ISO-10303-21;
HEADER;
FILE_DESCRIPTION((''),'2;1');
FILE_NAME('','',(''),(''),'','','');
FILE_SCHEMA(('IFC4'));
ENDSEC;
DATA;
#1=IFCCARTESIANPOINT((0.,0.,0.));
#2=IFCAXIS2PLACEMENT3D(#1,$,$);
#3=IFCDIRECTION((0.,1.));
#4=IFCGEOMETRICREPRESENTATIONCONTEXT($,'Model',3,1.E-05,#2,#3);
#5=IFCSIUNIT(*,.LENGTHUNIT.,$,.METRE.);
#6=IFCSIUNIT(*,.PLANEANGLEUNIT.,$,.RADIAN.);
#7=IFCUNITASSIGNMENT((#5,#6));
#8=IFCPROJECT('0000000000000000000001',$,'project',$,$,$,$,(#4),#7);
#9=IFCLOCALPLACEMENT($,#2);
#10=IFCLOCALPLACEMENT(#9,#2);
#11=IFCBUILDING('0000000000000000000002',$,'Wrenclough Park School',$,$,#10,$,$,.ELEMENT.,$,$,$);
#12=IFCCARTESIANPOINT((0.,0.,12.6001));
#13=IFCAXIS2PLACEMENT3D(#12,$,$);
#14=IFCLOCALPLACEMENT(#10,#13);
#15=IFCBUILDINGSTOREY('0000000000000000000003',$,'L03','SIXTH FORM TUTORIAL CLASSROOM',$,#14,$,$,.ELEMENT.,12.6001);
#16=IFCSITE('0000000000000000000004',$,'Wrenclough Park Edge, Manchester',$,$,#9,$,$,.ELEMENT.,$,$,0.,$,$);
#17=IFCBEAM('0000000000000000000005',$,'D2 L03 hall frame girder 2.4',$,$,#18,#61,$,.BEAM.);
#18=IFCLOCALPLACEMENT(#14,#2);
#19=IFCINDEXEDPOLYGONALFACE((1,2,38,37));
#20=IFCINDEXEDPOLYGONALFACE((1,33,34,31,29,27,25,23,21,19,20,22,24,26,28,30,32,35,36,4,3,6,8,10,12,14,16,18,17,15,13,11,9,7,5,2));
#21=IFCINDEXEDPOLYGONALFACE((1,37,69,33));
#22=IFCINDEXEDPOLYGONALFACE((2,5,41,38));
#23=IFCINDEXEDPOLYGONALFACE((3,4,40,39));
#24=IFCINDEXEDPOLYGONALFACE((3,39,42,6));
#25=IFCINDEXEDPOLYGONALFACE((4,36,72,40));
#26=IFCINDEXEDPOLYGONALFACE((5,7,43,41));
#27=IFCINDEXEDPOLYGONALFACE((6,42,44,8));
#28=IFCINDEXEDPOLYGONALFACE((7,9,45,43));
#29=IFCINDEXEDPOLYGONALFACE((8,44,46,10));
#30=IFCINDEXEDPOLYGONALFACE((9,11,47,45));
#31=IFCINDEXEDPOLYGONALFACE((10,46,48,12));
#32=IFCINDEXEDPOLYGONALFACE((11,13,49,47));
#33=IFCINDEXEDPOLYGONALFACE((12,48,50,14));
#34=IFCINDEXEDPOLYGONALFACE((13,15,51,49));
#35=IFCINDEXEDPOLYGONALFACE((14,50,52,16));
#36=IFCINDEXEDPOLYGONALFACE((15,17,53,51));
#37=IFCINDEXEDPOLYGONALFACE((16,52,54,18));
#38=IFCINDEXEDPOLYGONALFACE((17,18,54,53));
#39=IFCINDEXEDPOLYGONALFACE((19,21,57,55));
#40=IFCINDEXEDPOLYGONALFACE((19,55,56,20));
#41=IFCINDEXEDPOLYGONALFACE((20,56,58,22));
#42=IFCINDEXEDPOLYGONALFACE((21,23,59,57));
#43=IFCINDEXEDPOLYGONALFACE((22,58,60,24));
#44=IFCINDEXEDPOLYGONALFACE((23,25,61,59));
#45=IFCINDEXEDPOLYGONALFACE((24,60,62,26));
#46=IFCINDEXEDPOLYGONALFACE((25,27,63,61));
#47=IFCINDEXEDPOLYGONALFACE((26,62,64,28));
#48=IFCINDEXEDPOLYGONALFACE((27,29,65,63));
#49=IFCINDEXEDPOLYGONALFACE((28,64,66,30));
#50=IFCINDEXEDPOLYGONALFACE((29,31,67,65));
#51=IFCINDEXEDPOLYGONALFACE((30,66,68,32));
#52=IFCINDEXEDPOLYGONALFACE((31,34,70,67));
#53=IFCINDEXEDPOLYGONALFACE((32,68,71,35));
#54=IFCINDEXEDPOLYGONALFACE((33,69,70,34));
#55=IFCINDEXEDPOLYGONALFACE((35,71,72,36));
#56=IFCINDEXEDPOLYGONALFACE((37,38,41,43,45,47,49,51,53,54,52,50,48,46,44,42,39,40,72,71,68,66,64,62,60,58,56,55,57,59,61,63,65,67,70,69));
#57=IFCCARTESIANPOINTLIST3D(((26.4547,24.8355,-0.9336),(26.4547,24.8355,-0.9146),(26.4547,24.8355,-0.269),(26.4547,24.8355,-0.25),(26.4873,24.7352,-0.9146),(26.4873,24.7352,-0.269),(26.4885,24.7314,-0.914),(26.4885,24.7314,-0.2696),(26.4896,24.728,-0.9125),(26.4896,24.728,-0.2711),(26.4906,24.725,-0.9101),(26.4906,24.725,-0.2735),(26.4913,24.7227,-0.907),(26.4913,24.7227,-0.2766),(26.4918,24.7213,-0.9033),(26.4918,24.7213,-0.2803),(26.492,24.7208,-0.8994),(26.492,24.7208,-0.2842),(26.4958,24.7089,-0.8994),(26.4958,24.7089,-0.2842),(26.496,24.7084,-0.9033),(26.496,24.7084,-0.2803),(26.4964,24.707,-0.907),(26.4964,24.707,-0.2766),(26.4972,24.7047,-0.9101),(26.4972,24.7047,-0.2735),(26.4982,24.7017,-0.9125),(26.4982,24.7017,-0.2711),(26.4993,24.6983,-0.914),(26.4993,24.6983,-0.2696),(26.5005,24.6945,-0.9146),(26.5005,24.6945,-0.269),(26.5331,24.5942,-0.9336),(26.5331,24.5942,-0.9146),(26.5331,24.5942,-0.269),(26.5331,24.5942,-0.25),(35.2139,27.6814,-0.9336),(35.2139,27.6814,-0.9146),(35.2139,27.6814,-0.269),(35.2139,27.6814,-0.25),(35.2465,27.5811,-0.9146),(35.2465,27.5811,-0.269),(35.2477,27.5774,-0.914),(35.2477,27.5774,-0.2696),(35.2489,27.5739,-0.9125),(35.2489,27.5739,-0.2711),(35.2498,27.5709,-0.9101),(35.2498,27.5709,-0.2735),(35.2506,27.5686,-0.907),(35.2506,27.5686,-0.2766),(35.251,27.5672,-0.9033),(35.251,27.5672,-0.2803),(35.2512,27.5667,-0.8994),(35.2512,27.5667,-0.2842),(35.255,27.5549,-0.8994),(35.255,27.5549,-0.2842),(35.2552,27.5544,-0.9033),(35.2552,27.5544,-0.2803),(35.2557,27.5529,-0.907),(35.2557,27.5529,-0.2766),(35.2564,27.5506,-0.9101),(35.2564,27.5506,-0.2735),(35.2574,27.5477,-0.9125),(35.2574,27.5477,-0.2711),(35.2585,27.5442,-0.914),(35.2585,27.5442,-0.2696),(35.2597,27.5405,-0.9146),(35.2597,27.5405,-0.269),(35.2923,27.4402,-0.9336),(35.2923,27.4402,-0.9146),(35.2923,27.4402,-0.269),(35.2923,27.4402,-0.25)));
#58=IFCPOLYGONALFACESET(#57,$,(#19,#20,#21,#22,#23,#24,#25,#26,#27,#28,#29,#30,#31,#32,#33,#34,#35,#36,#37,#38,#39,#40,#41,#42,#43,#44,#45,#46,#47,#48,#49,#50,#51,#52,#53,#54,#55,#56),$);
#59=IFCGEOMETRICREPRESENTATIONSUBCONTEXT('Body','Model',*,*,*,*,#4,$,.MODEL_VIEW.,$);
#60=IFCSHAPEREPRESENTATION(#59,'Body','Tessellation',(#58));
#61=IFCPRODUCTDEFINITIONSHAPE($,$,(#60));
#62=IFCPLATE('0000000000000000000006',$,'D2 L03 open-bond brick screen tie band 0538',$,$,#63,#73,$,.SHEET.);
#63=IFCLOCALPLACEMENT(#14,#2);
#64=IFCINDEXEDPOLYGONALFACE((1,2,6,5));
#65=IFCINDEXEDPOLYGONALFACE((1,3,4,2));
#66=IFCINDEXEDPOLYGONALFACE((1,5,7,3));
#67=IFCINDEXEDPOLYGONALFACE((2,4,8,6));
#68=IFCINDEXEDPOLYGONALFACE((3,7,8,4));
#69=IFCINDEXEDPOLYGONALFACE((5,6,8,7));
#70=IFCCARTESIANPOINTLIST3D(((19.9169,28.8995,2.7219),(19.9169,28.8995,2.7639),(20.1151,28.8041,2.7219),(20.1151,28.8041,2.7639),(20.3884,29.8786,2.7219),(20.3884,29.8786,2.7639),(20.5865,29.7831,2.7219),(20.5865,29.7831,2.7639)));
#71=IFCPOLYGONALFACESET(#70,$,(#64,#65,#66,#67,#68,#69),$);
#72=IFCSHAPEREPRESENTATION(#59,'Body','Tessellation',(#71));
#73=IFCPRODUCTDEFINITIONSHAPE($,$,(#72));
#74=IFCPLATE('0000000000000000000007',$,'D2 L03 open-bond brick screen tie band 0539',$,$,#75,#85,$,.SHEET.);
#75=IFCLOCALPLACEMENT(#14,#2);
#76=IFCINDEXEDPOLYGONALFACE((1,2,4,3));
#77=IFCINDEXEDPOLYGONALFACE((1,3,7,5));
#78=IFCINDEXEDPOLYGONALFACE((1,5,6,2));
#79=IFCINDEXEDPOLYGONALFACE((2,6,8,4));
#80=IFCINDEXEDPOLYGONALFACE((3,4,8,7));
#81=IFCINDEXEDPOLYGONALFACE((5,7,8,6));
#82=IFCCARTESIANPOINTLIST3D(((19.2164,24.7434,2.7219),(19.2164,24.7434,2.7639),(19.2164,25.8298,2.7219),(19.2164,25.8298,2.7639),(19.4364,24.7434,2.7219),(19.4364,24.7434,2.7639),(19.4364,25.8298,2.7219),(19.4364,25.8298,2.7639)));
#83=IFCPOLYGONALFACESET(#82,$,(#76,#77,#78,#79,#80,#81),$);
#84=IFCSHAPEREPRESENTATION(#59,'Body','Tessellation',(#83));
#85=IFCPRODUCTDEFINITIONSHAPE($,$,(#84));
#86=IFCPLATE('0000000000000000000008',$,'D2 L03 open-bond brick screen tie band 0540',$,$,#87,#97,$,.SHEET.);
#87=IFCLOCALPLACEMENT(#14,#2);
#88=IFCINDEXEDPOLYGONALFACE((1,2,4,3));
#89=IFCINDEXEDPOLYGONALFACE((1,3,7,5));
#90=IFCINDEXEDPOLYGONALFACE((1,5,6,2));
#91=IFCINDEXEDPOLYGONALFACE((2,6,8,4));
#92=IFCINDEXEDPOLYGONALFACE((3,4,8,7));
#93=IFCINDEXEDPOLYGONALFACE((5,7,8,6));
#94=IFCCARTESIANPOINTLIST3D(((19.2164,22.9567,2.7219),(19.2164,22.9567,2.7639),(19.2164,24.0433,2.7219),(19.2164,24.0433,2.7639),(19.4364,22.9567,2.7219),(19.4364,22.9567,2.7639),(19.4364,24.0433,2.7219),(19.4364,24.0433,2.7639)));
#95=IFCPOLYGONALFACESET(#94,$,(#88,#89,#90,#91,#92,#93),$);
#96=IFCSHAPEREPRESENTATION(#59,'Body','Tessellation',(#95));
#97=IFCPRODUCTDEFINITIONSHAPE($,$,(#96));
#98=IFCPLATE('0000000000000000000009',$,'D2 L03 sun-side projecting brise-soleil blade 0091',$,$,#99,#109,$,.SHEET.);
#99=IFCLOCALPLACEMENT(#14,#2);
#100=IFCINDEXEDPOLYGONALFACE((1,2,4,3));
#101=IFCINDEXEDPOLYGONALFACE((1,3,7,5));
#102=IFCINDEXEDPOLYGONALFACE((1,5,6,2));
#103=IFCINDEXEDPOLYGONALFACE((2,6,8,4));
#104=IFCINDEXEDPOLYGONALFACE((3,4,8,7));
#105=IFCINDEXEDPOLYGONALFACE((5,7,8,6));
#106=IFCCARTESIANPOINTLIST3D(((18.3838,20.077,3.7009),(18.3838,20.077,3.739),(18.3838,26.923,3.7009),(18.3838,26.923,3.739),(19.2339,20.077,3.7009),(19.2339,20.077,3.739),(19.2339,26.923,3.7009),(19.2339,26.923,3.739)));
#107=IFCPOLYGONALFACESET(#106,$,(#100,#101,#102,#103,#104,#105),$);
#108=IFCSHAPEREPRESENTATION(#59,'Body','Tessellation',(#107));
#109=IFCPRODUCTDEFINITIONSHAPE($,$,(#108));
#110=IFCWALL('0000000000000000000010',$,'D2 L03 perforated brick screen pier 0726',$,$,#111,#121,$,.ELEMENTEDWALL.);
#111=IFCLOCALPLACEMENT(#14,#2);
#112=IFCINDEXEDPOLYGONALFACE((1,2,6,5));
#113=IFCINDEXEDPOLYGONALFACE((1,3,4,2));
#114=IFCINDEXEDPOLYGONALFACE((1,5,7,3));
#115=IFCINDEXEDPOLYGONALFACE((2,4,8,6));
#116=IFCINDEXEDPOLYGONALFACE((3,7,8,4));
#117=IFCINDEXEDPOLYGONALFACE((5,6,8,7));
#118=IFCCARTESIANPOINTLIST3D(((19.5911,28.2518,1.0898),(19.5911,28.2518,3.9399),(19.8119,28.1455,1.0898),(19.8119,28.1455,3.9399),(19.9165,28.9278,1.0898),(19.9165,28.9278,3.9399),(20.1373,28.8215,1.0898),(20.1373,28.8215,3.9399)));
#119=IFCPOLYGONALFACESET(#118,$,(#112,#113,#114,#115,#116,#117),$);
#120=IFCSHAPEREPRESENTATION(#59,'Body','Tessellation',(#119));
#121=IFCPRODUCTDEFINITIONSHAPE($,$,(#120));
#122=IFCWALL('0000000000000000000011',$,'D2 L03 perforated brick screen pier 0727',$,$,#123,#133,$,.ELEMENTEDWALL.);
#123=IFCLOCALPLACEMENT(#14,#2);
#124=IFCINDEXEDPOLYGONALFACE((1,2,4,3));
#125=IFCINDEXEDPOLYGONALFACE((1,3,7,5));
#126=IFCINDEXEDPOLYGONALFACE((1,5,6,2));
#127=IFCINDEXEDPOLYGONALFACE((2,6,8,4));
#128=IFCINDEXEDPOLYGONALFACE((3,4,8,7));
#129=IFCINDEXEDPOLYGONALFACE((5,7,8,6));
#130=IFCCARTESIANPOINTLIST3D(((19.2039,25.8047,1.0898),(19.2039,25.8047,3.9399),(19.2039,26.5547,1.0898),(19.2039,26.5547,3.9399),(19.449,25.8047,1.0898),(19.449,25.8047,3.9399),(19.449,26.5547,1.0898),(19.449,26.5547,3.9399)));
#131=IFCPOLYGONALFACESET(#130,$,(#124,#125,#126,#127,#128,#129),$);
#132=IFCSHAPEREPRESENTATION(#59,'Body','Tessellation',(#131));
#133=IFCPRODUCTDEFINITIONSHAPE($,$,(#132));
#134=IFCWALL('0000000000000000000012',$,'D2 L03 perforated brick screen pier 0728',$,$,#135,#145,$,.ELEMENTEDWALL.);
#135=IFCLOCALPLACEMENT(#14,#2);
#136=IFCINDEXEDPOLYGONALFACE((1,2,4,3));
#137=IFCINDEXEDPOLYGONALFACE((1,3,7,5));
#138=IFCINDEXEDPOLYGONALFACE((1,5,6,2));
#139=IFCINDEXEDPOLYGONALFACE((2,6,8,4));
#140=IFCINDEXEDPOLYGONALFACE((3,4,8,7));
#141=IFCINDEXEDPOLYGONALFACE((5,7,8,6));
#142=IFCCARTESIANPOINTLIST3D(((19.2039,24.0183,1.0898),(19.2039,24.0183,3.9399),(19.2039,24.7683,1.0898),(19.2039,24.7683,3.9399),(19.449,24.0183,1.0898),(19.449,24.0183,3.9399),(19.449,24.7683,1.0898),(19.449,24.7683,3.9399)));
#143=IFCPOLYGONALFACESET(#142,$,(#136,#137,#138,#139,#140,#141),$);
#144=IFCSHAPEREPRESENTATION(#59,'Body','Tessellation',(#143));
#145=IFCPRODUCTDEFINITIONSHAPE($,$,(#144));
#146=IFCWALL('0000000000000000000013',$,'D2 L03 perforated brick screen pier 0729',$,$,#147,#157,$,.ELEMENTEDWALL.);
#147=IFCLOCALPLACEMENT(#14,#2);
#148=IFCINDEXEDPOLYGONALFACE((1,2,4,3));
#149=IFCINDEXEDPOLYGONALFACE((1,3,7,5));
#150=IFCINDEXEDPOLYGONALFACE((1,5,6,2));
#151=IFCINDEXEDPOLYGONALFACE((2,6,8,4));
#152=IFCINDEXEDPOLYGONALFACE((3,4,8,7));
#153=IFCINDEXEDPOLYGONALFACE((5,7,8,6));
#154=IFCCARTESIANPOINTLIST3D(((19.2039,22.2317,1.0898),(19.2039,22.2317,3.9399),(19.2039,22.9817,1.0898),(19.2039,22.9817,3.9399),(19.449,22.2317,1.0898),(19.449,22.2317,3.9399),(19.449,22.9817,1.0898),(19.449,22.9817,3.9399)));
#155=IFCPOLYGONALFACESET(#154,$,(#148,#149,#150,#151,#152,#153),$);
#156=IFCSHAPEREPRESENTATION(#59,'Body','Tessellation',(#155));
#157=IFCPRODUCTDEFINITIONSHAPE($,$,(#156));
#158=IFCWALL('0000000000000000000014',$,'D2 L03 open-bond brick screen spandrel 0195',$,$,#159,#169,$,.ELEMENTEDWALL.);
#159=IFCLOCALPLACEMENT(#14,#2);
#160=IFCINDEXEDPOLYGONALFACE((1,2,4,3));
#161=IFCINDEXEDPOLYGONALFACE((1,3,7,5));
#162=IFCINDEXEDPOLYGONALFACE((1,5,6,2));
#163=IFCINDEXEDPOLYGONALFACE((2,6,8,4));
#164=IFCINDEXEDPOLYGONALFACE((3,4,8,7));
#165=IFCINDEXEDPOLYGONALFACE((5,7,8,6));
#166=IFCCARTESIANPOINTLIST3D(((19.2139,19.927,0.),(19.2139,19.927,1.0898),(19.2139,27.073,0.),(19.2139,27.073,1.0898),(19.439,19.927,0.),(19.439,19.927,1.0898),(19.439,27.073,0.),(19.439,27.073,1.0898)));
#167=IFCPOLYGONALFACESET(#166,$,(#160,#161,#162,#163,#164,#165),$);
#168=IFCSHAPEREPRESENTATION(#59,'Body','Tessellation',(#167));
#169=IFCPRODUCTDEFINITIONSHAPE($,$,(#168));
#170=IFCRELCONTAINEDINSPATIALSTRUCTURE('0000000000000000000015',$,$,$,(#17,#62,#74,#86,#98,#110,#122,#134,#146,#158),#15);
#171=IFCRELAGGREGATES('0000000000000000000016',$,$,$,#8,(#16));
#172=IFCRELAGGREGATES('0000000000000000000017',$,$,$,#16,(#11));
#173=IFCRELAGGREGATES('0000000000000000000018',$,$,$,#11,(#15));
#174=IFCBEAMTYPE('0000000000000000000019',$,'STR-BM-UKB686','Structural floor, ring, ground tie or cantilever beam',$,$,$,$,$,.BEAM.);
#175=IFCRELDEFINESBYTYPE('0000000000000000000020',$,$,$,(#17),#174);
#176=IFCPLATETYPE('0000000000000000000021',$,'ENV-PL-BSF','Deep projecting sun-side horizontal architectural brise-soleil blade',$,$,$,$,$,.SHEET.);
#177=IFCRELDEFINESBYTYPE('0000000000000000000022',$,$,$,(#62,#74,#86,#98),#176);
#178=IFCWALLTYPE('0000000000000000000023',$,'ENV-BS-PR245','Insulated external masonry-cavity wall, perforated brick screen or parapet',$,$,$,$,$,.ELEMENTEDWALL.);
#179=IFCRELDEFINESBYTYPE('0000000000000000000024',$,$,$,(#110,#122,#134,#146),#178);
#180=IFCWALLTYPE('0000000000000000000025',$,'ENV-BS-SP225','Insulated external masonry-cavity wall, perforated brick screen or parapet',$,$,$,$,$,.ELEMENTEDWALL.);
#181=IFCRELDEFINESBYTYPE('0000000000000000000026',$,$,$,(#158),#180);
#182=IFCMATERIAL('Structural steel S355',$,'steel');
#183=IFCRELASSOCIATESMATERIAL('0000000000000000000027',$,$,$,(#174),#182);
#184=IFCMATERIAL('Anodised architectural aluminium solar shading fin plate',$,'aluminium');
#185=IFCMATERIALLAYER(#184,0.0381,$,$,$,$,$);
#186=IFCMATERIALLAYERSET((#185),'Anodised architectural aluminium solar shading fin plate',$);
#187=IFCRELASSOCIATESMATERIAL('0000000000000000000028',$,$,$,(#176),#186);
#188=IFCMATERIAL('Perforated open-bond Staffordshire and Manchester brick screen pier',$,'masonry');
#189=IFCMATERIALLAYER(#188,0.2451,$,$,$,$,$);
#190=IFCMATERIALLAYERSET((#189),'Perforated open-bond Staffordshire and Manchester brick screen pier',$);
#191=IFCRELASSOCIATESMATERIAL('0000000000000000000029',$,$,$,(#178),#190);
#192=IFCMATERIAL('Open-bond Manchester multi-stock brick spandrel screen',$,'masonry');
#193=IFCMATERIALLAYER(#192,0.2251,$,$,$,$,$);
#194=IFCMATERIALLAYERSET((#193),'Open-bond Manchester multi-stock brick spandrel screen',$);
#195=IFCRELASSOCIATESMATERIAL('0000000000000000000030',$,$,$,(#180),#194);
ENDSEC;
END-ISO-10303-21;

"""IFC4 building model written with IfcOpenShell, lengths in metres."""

from ifc_helpers import new_model, si_unit, direction, frame, frame_2d, origin, origin_2d, place, context, subcontext, project, spatial, rectangle, i_section, extrude, material, layer, layer_set, material_profile, profile_set, type_object, element, save


model = new_model("IFC4")

# Units and contexts
model_context = context("Model", 3, precision=1e-05, world=origin(), true_north=direction((0.0, 1.0)))
body_context = subcontext(model_context, "Body", "Model", "MODEL_VIEW")
ifc_project = project(units=[si_unit("LENGTHUNIT", "METRE"), si_unit("PLANEANGLEUNIT", "RADIAN")], contexts=[model_context])

# Site, building, storey
site_placement = place(None, origin())
site = spatial("IfcSite", under=ifc_project, at=site_placement, Name="Wrenclough Park Edge, Manchester", CompositionType="ELEMENT", RefElevation=0.0)
building_placement = place(site_placement, origin())
building = spatial("IfcBuilding", under=site, at=building_placement, Name="Wrenclough Park School", CompositionType="ELEMENT")
storey_placement = place(building_placement, frame((0.0, 0.0, 12.6001)))
storey = spatial("IfcBuildingStorey", under=building, at=storey_placement, Name="L03", Description="SIXTH FORM TUTORIAL CLASSROOM", CompositionType="ELEMENT", Elevation=12.6001)

# Shared definitions
ifc_material_1 = material(Name="Structural steel S355", Category="steel")

# Beam
ifc_material_profile_1 = material_profile(ifc_material_1, i_section(OverallWidth=0.2537, OverallDepth=0.6836, WebThickness=0.0125, FlangeThickness=0.019, FilletRadius=0.0151, at=origin_2d()), Name="UKB 686x254x140")
ifc_profile_set_1 = profile_set([ifc_material_profile_1], Name="Structural steel S355")
beam_type_1 = type_object("IfcBeamType", Name="STR-BM-UKB686", Description="Structural floor, ring, ground tie or cantilever beam", PredefinedType="BEAM", material=ifc_profile_set_1)
beam_1_placement = place(storey_placement, frame((26.4939, 24.7148, -0.5918), z_axis=(0.95106, 0.309006, 0.0), x_axis=(-0.309006, 0.95106, 0.0)))
element("IfcBeam", 1, at=beam_1_placement, inside=storey, type_object=beam_type_1, Name="D2 L03 hall frame girder 2.4", PredefinedType="BEAM", context=body_context, shape_type="SweptSolid", body=[
    extrude(i_section(OverallWidth=0.2537, OverallDepth=0.6836, WebThickness=0.0125, FlangeThickness=0.019, FilletRadius=0.0151, at=origin_2d()), origin(), (0.0, 0.0, 1.0), 9.21),
])

# Plates
ifc_material_2 = material(Name="Anodised architectural aluminium solar shading fin plate", Category="aluminium")
ifc_layer_1 = layer(ifc_material_2, 0.0381)
ifc_layer_set_1 = layer_set([ifc_layer_1], Name="Anodised architectural aluminium solar shading fin plate")
plate_type = type_object("IfcPlateType", Name="ENV-PL-BSF", Description="Deep projecting sun-side horizontal architectural brise-soleil blade", PredefinedType="SHEET", material=ifc_layer_set_1)
plate_1_placement = place(storey_placement, frame((20.2517, 29.3413, 2.7219), z_axis=(0.0, 0.0, 1.0), x_axis=(-0.433872, -0.900975, 0.0)))
element("IfcPlate", 2, at=plate_1_placement, inside=storey, type_object=plate_type, Name="D2 L03 open-bond brick screen tie band 0538", PredefinedType="SHEET", context=body_context, shape_type="SweptSolid", body=[
    extrude(rectangle(XDim=1.0867, YDim=0.22, at=origin_2d()), origin(), (0.0, 0.0, 1.0), 0.042),
])
plate_2_placement = place(storey_placement, frame((19.3264, 25.2866, 2.7219), z_axis=(0.0, 0.0, 1.0), x_axis=(0.0, -1.0, 0.0)))
element("IfcPlate", 3, at=plate_2_placement, inside=storey, type_object=plate_type, Name="D2 L03 open-bond brick screen tie band 0539", PredefinedType="SHEET", context=body_context, shape_type="SweptSolid", body=[
    extrude(rectangle(XDim=1.0864, YDim=0.22, at=origin_2d()), origin(), (0.0, 0.0, 1.0), 0.042),
])
plate_3_placement = place(storey_placement, frame((19.3264, 23.5, 2.7219), z_axis=(0.0, 0.0, 1.0), x_axis=(0.0, -1.0, 0.0)))
element("IfcPlate", 4, at=plate_3_placement, inside=storey, type_object=plate_type, Name="D2 L03 open-bond brick screen tie band 0540", PredefinedType="SHEET", context=body_context, shape_type="SweptSolid", body=[
    extrude(rectangle(XDim=1.0867, YDim=0.22, at=origin_2d()), origin(), (0.0, 0.0, 1.0), 0.042),
])
plate_4_placement = place(storey_placement, frame((18.8088, 23.5, 3.7009), z_axis=(0.0, 0.0, 1.0), x_axis=(0.0, -1.0, 0.0)))
element("IfcPlate", 5, at=plate_4_placement, inside=storey, type_object=plate_type, Name="D2 L03 sun-side projecting brise-soleil blade 0091", PredefinedType="SHEET", context=body_context, shape_type="SweptSolid", body=[
    extrude(rectangle(XDim=6.8459, YDim=0.8501, at=origin_2d()), origin(), (0.0, 0.0, 1.0), 0.0381),
])

# Walls
ifc_material_3 = material(Name="Perforated open-bond Staffordshire and Manchester brick screen pier", Category="masonry")
ifc_layer_2 = layer(ifc_material_3, 0.2451)
ifc_layer_set_2 = layer_set([ifc_layer_2], Name="Perforated open-bond Staffordshire and Manchester brick screen pier")
wall_type_1 = type_object("IfcWallType", Name="ENV-BS-PR245", Description="Insulated external masonry-cavity wall, perforated brick screen or parapet", PredefinedType="ELEMENTEDWALL", material=ifc_layer_set_2)
wall_1_placement = place(storey_placement, frame((20.0269, 28.8745, 1.0898), z_axis=(0.0, 0.0, 1.0), x_axis=(-0.433757, -0.90103, 0.0)))
element("IfcWall", 6, at=wall_1_placement, inside=storey, type_object=wall_type_1, Name="D2 L03 perforated brick screen pier 0726", PredefinedType="ELEMENTEDWALL", context=body_context, shape_type="SweptSolid", body=[
    extrude(rectangle(XDim=0.7502, YDim=0.2451, at=frame_2d((0.375, 0.0))), origin(), (0.0, 0.0, 1.0), 2.8501),
])
for number, where, z_axis, x_axis, name in (
    (7, (19.3264, 26.5547, 1.0898), (0.0, 0.0, 1.0), (0.0, -1.0, 0.0), "D2 L03 perforated brick screen pier 0727"),
    (8, (19.3264, 24.7683, 1.0898), (0.0, 0.0, 1.0), (0.0, -1.0, 0.0), "D2 L03 perforated brick screen pier 0728"),
    (9, (19.3264, 22.9817, 1.0898), (0.0, 0.0, 1.0), (0.0, -1.0, 0.0), "D2 L03 perforated brick screen pier 0729"),
):
    element("IfcWall", number, at=place(storey_placement, frame(where, z_axis=z_axis, x_axis=x_axis)), inside=storey, type_object=wall_type_1, Name=name, PredefinedType="ELEMENTEDWALL", context=body_context, shape_type="SweptSolid", body=[
        extrude(rectangle(XDim=0.75, YDim=0.2451, at=frame_2d((0.375, 0.0))), origin(), (0.0, 0.0, 1.0), 2.8501),
    ])
ifc_material_4 = material(Name="Open-bond Manchester multi-stock brick spandrel screen", Category="masonry")
ifc_layer_3 = layer(ifc_material_4, 0.2251)
ifc_layer_set_3 = layer_set([ifc_layer_3], Name="Open-bond Manchester multi-stock brick spandrel screen")
wall_type_2 = type_object("IfcWallType", Name="ENV-BS-SP225", Description="Insulated external masonry-cavity wall, perforated brick screen or parapet", PredefinedType="ELEMENTEDWALL", material=ifc_layer_set_3)
wall_2_placement = place(storey_placement, frame((19.3264, 27.073, 0.0), z_axis=(0.0, 0.0, 1.0), x_axis=(0.0, -1.0, 0.0)))
element("IfcWall", 10, at=wall_2_placement, inside=storey, type_object=wall_type_2, Name="D2 L03 open-bond brick screen spandrel 0195", PredefinedType="ELEMENTEDWALL", context=body_context, shape_type="SweptSolid", body=[
    extrude(rectangle(XDim=7.146, YDim=0.2251, at=frame_2d((3.573, 0.0))), origin(), (0.0, 0.0, 1.0), 1.0898),
])

save(model, "model.ifc")
